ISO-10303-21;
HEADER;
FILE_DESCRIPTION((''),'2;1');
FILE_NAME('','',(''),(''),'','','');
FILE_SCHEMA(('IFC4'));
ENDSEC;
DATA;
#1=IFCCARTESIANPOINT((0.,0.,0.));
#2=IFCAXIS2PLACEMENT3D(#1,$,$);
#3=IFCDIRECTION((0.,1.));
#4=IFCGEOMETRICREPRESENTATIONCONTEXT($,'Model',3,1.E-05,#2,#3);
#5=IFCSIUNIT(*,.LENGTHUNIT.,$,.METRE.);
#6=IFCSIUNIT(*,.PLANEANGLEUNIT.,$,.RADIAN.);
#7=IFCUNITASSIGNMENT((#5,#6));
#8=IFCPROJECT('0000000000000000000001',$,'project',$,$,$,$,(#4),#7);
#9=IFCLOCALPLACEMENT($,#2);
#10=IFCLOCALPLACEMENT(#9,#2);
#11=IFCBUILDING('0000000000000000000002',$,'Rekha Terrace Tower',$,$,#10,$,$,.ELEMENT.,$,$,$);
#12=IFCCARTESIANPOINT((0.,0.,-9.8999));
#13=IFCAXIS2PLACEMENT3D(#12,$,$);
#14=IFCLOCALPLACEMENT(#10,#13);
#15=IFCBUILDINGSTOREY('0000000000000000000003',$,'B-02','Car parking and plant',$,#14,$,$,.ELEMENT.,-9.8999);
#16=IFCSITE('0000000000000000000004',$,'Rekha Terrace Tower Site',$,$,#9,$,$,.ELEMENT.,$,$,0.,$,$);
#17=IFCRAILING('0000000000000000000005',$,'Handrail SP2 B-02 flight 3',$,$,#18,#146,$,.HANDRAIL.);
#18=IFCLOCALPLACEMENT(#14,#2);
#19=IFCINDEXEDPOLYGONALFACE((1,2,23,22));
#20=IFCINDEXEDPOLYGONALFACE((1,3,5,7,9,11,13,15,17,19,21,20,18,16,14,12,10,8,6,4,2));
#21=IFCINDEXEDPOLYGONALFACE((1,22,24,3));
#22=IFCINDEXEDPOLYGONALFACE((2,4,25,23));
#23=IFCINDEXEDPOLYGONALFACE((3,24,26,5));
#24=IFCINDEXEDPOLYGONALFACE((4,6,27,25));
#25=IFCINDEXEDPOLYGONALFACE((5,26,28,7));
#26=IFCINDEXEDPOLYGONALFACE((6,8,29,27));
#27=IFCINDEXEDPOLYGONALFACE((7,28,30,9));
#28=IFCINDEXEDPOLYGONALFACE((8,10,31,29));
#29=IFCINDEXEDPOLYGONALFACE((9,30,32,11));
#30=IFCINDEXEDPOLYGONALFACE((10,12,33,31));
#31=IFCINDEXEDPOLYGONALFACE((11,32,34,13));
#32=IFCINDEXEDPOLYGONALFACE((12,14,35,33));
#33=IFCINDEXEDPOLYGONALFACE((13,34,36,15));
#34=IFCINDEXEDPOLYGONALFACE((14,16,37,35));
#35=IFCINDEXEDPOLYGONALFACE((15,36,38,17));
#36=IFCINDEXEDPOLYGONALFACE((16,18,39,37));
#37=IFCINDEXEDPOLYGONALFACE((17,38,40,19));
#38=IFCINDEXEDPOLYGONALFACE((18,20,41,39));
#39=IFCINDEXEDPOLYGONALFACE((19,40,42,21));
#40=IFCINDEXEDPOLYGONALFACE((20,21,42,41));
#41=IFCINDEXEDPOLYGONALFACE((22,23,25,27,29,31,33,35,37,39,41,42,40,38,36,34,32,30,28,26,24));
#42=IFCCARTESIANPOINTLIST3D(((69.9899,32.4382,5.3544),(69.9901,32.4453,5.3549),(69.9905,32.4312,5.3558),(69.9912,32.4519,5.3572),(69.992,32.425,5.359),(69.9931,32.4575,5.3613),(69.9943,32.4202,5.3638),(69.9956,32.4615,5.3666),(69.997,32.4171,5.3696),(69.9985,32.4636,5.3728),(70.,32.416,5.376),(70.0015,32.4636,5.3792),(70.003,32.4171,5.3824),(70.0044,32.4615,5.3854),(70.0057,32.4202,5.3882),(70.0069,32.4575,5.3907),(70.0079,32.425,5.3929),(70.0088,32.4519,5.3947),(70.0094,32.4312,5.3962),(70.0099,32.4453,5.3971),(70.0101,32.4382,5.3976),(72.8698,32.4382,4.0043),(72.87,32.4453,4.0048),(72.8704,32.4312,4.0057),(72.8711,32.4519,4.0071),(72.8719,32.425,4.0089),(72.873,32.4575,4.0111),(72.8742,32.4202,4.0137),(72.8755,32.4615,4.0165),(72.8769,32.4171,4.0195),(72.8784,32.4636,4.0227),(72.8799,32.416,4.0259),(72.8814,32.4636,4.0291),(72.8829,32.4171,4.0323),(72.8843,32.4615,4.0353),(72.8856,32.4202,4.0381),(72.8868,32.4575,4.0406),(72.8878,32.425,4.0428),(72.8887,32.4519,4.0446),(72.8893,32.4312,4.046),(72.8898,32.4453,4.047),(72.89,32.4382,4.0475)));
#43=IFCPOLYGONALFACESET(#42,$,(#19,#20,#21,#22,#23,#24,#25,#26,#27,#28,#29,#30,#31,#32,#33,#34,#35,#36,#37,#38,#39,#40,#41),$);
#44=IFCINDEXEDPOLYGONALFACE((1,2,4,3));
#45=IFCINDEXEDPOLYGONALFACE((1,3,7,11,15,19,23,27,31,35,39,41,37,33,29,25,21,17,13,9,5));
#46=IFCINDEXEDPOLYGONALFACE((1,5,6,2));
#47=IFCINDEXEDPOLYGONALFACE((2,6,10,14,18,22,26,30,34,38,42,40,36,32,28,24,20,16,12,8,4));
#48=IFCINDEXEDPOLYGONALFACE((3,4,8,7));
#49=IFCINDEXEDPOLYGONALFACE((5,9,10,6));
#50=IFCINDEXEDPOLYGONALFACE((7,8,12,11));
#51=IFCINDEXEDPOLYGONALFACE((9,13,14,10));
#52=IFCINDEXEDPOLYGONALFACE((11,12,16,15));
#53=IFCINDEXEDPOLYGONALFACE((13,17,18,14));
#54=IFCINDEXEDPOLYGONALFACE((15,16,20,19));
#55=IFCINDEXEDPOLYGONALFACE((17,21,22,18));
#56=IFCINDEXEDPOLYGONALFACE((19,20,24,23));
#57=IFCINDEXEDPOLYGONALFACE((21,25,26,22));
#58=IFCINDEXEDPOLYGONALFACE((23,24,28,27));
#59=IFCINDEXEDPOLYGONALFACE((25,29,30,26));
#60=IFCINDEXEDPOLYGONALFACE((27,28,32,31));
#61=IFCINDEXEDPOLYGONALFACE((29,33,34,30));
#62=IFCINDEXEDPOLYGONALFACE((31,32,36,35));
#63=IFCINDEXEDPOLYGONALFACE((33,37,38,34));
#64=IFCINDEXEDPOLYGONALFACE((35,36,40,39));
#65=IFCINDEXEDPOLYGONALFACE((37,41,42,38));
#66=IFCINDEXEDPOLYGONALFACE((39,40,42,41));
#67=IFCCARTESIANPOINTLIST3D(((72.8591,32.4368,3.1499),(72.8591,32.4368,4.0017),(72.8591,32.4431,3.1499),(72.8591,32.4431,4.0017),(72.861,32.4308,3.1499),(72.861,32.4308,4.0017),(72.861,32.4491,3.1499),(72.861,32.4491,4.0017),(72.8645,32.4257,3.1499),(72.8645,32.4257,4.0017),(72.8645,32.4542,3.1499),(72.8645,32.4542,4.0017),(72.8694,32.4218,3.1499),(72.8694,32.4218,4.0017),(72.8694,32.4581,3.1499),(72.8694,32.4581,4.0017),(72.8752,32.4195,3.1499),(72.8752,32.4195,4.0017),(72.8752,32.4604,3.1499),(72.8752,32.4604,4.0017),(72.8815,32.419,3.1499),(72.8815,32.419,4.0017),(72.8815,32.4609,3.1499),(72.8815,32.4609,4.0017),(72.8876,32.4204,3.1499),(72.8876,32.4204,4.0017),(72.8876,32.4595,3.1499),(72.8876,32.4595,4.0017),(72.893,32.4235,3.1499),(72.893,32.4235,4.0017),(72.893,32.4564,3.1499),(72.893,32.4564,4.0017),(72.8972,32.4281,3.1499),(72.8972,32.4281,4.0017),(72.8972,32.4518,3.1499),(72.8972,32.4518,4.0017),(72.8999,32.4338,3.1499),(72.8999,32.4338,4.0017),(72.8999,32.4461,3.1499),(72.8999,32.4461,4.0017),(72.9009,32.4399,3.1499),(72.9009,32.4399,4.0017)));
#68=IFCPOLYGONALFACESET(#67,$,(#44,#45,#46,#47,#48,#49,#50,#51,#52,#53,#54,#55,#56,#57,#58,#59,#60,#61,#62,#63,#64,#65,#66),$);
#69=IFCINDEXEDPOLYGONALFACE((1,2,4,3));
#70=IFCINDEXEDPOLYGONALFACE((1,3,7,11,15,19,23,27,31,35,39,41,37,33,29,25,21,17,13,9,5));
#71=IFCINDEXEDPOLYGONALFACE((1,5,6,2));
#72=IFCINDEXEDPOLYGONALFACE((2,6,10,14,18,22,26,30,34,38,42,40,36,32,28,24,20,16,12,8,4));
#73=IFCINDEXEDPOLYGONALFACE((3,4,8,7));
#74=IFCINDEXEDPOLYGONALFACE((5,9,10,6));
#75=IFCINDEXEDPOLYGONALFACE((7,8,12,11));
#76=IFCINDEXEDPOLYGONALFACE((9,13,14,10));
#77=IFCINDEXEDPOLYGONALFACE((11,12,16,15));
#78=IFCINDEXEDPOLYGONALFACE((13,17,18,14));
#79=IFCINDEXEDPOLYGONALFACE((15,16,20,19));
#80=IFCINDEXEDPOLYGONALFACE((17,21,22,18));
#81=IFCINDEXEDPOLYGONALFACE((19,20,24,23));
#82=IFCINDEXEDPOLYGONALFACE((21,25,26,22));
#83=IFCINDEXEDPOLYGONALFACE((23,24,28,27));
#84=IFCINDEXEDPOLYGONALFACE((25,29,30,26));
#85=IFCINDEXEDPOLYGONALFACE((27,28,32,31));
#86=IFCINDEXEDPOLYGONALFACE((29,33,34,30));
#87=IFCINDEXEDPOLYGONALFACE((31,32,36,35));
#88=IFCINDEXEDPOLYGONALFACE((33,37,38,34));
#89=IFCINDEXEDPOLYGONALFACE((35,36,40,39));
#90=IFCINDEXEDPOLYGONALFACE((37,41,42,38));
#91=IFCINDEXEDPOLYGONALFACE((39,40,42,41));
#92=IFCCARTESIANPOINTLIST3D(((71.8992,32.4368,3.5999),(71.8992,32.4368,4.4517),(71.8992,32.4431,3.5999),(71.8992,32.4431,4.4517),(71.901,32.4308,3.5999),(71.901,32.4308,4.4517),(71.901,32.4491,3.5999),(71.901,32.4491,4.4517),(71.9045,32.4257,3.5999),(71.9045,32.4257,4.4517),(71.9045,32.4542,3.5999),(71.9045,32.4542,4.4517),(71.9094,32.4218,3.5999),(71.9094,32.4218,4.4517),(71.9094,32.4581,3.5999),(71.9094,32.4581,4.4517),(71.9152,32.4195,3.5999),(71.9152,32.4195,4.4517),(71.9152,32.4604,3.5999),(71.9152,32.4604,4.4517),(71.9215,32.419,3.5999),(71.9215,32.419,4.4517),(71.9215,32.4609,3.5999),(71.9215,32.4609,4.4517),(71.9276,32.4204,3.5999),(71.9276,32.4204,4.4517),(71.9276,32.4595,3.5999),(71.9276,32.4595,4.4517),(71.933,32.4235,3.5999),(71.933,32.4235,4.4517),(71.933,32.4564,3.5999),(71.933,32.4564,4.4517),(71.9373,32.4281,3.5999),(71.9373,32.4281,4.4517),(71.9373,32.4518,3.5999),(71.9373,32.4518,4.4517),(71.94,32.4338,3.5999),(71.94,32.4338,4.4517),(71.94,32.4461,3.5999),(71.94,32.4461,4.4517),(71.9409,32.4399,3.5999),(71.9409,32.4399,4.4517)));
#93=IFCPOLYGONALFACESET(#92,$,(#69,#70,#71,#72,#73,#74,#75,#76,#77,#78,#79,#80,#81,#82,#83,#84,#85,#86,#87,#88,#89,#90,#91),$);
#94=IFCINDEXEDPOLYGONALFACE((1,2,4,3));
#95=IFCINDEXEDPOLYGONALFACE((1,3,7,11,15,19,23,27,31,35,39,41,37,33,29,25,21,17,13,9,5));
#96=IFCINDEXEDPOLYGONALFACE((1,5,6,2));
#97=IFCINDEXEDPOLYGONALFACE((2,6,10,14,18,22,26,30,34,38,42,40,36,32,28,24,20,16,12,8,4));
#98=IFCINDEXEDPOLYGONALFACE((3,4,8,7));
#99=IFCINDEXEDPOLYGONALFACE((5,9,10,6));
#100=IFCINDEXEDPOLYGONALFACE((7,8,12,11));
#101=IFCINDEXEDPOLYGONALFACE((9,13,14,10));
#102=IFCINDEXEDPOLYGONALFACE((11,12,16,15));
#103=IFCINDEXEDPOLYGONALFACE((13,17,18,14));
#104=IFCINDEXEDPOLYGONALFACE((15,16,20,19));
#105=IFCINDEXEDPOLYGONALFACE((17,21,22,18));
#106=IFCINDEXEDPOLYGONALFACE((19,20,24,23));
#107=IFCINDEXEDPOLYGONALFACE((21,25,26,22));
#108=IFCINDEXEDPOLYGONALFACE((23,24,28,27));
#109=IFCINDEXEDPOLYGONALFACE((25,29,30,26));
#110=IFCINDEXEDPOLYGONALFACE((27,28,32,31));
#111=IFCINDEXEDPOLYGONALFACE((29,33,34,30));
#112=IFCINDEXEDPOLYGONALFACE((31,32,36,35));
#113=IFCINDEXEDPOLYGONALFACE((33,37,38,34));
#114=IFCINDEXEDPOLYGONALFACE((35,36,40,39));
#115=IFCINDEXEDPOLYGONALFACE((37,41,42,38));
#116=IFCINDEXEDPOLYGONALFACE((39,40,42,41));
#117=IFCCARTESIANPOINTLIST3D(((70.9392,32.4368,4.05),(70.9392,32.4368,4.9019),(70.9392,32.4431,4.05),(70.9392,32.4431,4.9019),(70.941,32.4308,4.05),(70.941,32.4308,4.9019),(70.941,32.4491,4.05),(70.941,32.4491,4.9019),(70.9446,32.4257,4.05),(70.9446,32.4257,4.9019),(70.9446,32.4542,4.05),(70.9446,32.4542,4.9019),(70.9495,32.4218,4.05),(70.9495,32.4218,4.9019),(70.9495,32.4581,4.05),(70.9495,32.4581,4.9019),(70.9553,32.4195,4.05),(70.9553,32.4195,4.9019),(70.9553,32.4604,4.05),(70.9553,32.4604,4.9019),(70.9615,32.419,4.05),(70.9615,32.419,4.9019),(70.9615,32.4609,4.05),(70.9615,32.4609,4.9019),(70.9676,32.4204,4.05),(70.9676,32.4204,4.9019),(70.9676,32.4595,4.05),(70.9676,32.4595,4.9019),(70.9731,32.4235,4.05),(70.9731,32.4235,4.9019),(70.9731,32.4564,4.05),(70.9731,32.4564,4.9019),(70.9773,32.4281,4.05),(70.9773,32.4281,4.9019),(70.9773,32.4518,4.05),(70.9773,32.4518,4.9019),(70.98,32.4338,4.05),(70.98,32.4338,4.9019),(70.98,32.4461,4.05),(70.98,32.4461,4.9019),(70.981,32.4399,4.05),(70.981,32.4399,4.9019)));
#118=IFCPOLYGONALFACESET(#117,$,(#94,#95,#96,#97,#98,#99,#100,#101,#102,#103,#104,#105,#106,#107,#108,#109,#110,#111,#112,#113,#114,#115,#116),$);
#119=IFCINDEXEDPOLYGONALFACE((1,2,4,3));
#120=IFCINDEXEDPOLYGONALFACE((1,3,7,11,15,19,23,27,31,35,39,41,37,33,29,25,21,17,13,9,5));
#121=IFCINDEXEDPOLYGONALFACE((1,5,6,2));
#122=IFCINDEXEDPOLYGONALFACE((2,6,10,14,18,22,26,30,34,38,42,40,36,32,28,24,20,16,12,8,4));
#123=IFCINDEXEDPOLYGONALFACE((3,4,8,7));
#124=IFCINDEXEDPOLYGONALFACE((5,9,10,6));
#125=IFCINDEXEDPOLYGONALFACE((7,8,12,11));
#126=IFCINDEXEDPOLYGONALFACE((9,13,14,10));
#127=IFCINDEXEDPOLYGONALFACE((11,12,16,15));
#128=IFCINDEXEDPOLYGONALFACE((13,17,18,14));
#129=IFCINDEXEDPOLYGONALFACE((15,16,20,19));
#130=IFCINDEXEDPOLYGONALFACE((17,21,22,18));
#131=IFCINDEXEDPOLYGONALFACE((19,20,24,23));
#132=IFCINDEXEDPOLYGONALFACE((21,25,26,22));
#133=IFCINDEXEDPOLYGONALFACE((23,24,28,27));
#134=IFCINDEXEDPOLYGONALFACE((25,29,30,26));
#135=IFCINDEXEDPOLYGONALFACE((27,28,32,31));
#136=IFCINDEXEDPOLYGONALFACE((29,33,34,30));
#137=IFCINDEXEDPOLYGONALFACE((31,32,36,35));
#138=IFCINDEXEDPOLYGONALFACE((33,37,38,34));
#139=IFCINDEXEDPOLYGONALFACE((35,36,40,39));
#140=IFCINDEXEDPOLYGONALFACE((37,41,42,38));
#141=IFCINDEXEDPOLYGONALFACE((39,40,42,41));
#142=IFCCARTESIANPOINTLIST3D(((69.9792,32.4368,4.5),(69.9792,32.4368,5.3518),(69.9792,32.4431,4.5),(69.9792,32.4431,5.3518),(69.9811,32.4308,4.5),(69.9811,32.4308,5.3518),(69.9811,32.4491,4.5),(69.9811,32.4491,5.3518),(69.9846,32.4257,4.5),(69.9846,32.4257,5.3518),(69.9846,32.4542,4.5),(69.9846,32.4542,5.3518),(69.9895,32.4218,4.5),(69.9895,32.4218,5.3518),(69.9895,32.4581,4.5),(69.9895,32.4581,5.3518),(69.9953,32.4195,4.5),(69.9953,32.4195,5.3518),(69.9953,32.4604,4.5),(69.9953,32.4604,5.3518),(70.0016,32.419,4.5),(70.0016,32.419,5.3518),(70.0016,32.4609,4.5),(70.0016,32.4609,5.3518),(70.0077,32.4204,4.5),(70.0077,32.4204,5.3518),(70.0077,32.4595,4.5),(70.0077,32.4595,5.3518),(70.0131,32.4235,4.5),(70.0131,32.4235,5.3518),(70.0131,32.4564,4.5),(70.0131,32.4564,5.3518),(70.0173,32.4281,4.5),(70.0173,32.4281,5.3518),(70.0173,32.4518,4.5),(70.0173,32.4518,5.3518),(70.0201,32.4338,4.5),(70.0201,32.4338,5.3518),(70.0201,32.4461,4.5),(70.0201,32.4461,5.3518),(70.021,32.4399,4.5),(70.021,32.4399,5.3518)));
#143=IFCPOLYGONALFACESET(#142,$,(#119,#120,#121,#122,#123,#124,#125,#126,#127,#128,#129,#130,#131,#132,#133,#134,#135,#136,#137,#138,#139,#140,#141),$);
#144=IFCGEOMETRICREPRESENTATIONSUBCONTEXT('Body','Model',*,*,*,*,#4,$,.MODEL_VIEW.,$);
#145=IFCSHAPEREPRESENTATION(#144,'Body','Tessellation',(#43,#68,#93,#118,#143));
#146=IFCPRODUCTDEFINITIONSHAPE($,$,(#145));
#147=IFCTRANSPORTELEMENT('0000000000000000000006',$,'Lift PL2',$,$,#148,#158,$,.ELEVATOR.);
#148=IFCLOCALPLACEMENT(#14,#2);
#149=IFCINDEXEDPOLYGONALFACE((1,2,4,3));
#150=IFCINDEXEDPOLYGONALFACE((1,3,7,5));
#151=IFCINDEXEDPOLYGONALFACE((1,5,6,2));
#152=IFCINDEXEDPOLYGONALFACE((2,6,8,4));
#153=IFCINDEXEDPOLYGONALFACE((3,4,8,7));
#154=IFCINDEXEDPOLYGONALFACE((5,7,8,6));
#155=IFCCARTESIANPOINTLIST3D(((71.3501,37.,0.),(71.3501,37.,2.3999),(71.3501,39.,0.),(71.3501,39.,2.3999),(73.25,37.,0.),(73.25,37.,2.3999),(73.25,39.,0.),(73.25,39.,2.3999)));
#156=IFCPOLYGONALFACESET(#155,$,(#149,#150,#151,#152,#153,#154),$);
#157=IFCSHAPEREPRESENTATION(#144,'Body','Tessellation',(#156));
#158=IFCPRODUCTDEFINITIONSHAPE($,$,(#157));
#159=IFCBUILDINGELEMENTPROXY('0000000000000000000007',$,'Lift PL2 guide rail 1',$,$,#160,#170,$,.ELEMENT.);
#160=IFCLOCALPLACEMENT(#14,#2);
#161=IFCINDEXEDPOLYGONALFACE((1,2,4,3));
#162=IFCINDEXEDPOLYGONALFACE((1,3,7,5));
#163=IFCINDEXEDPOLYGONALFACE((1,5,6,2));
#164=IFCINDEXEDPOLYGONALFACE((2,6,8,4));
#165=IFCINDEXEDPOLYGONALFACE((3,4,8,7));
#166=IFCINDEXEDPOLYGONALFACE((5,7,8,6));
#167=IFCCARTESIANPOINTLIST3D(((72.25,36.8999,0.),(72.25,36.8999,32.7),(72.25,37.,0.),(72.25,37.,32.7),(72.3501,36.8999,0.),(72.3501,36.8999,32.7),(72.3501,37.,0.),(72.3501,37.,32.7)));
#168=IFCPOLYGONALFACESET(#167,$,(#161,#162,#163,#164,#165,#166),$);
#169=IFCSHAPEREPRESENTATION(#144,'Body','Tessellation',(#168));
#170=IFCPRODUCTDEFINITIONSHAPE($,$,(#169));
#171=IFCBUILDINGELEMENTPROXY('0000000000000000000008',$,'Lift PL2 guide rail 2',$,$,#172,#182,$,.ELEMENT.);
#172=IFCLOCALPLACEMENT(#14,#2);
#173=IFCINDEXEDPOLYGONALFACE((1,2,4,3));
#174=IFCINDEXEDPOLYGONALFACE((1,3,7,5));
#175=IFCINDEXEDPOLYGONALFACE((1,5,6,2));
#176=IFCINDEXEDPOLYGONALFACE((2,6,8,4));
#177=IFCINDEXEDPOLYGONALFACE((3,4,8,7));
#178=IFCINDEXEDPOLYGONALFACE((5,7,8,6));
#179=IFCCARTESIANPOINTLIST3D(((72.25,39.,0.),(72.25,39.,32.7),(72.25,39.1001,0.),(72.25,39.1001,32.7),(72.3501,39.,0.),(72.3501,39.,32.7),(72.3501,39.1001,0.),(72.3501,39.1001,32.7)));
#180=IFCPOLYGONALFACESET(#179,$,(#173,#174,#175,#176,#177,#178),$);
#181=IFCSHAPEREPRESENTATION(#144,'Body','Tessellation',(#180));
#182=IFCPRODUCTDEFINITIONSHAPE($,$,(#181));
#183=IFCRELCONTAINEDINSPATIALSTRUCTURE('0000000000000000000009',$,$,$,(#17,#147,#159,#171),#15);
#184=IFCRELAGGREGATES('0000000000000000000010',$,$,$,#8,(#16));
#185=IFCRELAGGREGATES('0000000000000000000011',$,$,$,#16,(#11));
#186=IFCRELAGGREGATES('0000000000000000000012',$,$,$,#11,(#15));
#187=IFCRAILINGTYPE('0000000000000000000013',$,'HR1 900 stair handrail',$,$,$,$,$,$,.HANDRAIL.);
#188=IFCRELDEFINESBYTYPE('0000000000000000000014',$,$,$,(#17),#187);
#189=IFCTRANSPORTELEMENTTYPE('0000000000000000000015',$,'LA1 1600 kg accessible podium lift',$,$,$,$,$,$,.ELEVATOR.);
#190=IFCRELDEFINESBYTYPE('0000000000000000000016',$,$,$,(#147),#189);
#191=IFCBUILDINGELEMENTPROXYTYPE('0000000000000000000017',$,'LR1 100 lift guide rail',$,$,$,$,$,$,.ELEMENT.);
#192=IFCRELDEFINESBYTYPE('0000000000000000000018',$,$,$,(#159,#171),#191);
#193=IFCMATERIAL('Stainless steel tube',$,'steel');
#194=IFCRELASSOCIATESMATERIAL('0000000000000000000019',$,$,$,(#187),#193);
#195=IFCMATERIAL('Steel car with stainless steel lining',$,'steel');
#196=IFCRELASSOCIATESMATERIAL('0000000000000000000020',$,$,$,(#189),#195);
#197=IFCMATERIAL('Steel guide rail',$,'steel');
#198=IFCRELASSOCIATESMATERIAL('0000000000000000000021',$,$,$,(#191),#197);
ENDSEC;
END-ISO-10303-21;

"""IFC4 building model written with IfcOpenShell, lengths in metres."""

from ifc_helpers import new_model, si_unit, direction, frame, origin, origin_2d, place, context, subcontext, project, spatial, rectangle, circle, extrude, material, type_object, element, save


model = new_model("IFC4")

# Units and contexts
model_context = context("Model", 3, precision=1e-05, world=origin(), true_north=direction((0.0, 1.0)))
body_context = subcontext(model_context, "Body", "Model", "MODEL_VIEW")
ifc_project = project(units=[si_unit("LENGTHUNIT", "METRE"), si_unit("PLANEANGLEUNIT", "RADIAN")], contexts=[model_context])

# Site, building, storey
site_placement = place(None, origin())
site = spatial("IfcSite", under=ifc_project, at=site_placement, Name="Rekha Terrace Tower Site", CompositionType="ELEMENT", RefElevation=0.0)
building_placement = place(site_placement, origin())
building = spatial("IfcBuilding", under=site, at=building_placement, Name="Rekha Terrace Tower", CompositionType="ELEMENT")
storey_placement = place(building_placement, frame((0.0, 0.0, -9.8999)))
storey = spatial("IfcBuildingStorey", under=building, at=storey_placement, Name="B-02", Description="Car parking and plant", CompositionType="ELEMENT", Elevation=-9.8999)

# Railing
ifc_material_1 = material(Name="Stainless steel tube", Category="steel")
railing_type_1 = type_object("IfcRailingType", Name="HR1 900 stair handrail", PredefinedType="HANDRAIL", material=ifc_material_1)
railing_1_placement = place(storey_placement, frame((72.8799, 32.4399, 3.1499)))
element("IfcRailing", 1, at=railing_1_placement, inside=storey, type_object=railing_type_1, Name="Handrail SP2 B-02 flight 3", PredefinedType="HANDRAIL", context=body_context, shape_type="SweptSolid", body=[
    extrude(circle(Radius=0.0239, at=origin_2d()), frame((0.0, 0.0, 0.876), z_axis=(-0.90544, 0.0, 0.424473), x_axis=(0.0, -1.0, 0.0)), (0.0, 0.0, 1.0), 3.1807),
    extrude(circle(Radius=0.021, at=origin_2d()), origin(), (0.0, 0.0, 1.0), 0.8518),
    extrude(circle(Radius=0.021, at=origin_2d()), frame((-0.96, 0.0, 0.45)), (0.0, 0.0, 1.0), 0.8518),
    extrude(circle(Radius=0.021, at=origin_2d()), frame((-1.9199, 0.0, 0.9001)), (0.0, 0.0, 1.0), 0.8518),
    extrude(circle(Radius=0.021, at=origin_2d()), frame((-2.8799, 0.0, 1.3501)), (0.0, 0.0, 1.0), 0.8518),
])

# Transport element
ifc_material_2 = material(Name="Steel car with stainless steel lining", Category="steel")
transport_element_type = type_object("IfcTransportElementType", Name="LA1 1600 kg accessible podium lift", PredefinedType="ELEVATOR", material=ifc_material_2)
transport_element_placement = place(storey_placement, frame((72.3, 38.0, 0.0), z_axis=(0.0, 0.0, 1.0), x_axis=(1.0, 0.0, 0.0)))
element("IfcTransportElement", 2, at=transport_element_placement, inside=storey, type_object=transport_element_type, Name="Lift PL2", PredefinedType="ELEVATOR", context=body_context, shape_type="SweptSolid", body=[
    extrude(rectangle(XDim=1.8999, YDim=2.0, at=origin_2d()), origin(), (0.0, 0.0, 1.0), 2.3999),
])

# Building element proxies
ifc_material_3 = material(Name="Steel guide rail", Category="steel")
building_element_proxy_type = type_object("IfcBuildingElementProxyType", Name="LR1 100 lift guide rail", PredefinedType="ELEMENT", material=ifc_material_3)
for number, where, z_axis, x_axis, name in (
    (3, (72.3, 36.95, 0.0), (0.0, 0.0, 1.0), (1.0, 0.0, 0.0), "Lift PL2 guide rail 1"),
    (4, (72.3, 39.05, 0.0), (0.0, 0.0, 1.0), (1.0, 0.0, 0.0), "Lift PL2 guide rail 2"),
):
    element("IfcBuildingElementProxy", number, at=place(storey_placement, frame(where, z_axis=z_axis, x_axis=x_axis)), inside=storey, type_object=building_element_proxy_type, Name=name, PredefinedType="ELEMENT", context=body_context, shape_type="SweptSolid", body=[
        extrude(rectangle(XDim=0.1001, YDim=0.1001, at=origin_2d()), origin(), (0.0, 0.0, 1.0), 32.7),
    ])

save(model, "model.ifc")
